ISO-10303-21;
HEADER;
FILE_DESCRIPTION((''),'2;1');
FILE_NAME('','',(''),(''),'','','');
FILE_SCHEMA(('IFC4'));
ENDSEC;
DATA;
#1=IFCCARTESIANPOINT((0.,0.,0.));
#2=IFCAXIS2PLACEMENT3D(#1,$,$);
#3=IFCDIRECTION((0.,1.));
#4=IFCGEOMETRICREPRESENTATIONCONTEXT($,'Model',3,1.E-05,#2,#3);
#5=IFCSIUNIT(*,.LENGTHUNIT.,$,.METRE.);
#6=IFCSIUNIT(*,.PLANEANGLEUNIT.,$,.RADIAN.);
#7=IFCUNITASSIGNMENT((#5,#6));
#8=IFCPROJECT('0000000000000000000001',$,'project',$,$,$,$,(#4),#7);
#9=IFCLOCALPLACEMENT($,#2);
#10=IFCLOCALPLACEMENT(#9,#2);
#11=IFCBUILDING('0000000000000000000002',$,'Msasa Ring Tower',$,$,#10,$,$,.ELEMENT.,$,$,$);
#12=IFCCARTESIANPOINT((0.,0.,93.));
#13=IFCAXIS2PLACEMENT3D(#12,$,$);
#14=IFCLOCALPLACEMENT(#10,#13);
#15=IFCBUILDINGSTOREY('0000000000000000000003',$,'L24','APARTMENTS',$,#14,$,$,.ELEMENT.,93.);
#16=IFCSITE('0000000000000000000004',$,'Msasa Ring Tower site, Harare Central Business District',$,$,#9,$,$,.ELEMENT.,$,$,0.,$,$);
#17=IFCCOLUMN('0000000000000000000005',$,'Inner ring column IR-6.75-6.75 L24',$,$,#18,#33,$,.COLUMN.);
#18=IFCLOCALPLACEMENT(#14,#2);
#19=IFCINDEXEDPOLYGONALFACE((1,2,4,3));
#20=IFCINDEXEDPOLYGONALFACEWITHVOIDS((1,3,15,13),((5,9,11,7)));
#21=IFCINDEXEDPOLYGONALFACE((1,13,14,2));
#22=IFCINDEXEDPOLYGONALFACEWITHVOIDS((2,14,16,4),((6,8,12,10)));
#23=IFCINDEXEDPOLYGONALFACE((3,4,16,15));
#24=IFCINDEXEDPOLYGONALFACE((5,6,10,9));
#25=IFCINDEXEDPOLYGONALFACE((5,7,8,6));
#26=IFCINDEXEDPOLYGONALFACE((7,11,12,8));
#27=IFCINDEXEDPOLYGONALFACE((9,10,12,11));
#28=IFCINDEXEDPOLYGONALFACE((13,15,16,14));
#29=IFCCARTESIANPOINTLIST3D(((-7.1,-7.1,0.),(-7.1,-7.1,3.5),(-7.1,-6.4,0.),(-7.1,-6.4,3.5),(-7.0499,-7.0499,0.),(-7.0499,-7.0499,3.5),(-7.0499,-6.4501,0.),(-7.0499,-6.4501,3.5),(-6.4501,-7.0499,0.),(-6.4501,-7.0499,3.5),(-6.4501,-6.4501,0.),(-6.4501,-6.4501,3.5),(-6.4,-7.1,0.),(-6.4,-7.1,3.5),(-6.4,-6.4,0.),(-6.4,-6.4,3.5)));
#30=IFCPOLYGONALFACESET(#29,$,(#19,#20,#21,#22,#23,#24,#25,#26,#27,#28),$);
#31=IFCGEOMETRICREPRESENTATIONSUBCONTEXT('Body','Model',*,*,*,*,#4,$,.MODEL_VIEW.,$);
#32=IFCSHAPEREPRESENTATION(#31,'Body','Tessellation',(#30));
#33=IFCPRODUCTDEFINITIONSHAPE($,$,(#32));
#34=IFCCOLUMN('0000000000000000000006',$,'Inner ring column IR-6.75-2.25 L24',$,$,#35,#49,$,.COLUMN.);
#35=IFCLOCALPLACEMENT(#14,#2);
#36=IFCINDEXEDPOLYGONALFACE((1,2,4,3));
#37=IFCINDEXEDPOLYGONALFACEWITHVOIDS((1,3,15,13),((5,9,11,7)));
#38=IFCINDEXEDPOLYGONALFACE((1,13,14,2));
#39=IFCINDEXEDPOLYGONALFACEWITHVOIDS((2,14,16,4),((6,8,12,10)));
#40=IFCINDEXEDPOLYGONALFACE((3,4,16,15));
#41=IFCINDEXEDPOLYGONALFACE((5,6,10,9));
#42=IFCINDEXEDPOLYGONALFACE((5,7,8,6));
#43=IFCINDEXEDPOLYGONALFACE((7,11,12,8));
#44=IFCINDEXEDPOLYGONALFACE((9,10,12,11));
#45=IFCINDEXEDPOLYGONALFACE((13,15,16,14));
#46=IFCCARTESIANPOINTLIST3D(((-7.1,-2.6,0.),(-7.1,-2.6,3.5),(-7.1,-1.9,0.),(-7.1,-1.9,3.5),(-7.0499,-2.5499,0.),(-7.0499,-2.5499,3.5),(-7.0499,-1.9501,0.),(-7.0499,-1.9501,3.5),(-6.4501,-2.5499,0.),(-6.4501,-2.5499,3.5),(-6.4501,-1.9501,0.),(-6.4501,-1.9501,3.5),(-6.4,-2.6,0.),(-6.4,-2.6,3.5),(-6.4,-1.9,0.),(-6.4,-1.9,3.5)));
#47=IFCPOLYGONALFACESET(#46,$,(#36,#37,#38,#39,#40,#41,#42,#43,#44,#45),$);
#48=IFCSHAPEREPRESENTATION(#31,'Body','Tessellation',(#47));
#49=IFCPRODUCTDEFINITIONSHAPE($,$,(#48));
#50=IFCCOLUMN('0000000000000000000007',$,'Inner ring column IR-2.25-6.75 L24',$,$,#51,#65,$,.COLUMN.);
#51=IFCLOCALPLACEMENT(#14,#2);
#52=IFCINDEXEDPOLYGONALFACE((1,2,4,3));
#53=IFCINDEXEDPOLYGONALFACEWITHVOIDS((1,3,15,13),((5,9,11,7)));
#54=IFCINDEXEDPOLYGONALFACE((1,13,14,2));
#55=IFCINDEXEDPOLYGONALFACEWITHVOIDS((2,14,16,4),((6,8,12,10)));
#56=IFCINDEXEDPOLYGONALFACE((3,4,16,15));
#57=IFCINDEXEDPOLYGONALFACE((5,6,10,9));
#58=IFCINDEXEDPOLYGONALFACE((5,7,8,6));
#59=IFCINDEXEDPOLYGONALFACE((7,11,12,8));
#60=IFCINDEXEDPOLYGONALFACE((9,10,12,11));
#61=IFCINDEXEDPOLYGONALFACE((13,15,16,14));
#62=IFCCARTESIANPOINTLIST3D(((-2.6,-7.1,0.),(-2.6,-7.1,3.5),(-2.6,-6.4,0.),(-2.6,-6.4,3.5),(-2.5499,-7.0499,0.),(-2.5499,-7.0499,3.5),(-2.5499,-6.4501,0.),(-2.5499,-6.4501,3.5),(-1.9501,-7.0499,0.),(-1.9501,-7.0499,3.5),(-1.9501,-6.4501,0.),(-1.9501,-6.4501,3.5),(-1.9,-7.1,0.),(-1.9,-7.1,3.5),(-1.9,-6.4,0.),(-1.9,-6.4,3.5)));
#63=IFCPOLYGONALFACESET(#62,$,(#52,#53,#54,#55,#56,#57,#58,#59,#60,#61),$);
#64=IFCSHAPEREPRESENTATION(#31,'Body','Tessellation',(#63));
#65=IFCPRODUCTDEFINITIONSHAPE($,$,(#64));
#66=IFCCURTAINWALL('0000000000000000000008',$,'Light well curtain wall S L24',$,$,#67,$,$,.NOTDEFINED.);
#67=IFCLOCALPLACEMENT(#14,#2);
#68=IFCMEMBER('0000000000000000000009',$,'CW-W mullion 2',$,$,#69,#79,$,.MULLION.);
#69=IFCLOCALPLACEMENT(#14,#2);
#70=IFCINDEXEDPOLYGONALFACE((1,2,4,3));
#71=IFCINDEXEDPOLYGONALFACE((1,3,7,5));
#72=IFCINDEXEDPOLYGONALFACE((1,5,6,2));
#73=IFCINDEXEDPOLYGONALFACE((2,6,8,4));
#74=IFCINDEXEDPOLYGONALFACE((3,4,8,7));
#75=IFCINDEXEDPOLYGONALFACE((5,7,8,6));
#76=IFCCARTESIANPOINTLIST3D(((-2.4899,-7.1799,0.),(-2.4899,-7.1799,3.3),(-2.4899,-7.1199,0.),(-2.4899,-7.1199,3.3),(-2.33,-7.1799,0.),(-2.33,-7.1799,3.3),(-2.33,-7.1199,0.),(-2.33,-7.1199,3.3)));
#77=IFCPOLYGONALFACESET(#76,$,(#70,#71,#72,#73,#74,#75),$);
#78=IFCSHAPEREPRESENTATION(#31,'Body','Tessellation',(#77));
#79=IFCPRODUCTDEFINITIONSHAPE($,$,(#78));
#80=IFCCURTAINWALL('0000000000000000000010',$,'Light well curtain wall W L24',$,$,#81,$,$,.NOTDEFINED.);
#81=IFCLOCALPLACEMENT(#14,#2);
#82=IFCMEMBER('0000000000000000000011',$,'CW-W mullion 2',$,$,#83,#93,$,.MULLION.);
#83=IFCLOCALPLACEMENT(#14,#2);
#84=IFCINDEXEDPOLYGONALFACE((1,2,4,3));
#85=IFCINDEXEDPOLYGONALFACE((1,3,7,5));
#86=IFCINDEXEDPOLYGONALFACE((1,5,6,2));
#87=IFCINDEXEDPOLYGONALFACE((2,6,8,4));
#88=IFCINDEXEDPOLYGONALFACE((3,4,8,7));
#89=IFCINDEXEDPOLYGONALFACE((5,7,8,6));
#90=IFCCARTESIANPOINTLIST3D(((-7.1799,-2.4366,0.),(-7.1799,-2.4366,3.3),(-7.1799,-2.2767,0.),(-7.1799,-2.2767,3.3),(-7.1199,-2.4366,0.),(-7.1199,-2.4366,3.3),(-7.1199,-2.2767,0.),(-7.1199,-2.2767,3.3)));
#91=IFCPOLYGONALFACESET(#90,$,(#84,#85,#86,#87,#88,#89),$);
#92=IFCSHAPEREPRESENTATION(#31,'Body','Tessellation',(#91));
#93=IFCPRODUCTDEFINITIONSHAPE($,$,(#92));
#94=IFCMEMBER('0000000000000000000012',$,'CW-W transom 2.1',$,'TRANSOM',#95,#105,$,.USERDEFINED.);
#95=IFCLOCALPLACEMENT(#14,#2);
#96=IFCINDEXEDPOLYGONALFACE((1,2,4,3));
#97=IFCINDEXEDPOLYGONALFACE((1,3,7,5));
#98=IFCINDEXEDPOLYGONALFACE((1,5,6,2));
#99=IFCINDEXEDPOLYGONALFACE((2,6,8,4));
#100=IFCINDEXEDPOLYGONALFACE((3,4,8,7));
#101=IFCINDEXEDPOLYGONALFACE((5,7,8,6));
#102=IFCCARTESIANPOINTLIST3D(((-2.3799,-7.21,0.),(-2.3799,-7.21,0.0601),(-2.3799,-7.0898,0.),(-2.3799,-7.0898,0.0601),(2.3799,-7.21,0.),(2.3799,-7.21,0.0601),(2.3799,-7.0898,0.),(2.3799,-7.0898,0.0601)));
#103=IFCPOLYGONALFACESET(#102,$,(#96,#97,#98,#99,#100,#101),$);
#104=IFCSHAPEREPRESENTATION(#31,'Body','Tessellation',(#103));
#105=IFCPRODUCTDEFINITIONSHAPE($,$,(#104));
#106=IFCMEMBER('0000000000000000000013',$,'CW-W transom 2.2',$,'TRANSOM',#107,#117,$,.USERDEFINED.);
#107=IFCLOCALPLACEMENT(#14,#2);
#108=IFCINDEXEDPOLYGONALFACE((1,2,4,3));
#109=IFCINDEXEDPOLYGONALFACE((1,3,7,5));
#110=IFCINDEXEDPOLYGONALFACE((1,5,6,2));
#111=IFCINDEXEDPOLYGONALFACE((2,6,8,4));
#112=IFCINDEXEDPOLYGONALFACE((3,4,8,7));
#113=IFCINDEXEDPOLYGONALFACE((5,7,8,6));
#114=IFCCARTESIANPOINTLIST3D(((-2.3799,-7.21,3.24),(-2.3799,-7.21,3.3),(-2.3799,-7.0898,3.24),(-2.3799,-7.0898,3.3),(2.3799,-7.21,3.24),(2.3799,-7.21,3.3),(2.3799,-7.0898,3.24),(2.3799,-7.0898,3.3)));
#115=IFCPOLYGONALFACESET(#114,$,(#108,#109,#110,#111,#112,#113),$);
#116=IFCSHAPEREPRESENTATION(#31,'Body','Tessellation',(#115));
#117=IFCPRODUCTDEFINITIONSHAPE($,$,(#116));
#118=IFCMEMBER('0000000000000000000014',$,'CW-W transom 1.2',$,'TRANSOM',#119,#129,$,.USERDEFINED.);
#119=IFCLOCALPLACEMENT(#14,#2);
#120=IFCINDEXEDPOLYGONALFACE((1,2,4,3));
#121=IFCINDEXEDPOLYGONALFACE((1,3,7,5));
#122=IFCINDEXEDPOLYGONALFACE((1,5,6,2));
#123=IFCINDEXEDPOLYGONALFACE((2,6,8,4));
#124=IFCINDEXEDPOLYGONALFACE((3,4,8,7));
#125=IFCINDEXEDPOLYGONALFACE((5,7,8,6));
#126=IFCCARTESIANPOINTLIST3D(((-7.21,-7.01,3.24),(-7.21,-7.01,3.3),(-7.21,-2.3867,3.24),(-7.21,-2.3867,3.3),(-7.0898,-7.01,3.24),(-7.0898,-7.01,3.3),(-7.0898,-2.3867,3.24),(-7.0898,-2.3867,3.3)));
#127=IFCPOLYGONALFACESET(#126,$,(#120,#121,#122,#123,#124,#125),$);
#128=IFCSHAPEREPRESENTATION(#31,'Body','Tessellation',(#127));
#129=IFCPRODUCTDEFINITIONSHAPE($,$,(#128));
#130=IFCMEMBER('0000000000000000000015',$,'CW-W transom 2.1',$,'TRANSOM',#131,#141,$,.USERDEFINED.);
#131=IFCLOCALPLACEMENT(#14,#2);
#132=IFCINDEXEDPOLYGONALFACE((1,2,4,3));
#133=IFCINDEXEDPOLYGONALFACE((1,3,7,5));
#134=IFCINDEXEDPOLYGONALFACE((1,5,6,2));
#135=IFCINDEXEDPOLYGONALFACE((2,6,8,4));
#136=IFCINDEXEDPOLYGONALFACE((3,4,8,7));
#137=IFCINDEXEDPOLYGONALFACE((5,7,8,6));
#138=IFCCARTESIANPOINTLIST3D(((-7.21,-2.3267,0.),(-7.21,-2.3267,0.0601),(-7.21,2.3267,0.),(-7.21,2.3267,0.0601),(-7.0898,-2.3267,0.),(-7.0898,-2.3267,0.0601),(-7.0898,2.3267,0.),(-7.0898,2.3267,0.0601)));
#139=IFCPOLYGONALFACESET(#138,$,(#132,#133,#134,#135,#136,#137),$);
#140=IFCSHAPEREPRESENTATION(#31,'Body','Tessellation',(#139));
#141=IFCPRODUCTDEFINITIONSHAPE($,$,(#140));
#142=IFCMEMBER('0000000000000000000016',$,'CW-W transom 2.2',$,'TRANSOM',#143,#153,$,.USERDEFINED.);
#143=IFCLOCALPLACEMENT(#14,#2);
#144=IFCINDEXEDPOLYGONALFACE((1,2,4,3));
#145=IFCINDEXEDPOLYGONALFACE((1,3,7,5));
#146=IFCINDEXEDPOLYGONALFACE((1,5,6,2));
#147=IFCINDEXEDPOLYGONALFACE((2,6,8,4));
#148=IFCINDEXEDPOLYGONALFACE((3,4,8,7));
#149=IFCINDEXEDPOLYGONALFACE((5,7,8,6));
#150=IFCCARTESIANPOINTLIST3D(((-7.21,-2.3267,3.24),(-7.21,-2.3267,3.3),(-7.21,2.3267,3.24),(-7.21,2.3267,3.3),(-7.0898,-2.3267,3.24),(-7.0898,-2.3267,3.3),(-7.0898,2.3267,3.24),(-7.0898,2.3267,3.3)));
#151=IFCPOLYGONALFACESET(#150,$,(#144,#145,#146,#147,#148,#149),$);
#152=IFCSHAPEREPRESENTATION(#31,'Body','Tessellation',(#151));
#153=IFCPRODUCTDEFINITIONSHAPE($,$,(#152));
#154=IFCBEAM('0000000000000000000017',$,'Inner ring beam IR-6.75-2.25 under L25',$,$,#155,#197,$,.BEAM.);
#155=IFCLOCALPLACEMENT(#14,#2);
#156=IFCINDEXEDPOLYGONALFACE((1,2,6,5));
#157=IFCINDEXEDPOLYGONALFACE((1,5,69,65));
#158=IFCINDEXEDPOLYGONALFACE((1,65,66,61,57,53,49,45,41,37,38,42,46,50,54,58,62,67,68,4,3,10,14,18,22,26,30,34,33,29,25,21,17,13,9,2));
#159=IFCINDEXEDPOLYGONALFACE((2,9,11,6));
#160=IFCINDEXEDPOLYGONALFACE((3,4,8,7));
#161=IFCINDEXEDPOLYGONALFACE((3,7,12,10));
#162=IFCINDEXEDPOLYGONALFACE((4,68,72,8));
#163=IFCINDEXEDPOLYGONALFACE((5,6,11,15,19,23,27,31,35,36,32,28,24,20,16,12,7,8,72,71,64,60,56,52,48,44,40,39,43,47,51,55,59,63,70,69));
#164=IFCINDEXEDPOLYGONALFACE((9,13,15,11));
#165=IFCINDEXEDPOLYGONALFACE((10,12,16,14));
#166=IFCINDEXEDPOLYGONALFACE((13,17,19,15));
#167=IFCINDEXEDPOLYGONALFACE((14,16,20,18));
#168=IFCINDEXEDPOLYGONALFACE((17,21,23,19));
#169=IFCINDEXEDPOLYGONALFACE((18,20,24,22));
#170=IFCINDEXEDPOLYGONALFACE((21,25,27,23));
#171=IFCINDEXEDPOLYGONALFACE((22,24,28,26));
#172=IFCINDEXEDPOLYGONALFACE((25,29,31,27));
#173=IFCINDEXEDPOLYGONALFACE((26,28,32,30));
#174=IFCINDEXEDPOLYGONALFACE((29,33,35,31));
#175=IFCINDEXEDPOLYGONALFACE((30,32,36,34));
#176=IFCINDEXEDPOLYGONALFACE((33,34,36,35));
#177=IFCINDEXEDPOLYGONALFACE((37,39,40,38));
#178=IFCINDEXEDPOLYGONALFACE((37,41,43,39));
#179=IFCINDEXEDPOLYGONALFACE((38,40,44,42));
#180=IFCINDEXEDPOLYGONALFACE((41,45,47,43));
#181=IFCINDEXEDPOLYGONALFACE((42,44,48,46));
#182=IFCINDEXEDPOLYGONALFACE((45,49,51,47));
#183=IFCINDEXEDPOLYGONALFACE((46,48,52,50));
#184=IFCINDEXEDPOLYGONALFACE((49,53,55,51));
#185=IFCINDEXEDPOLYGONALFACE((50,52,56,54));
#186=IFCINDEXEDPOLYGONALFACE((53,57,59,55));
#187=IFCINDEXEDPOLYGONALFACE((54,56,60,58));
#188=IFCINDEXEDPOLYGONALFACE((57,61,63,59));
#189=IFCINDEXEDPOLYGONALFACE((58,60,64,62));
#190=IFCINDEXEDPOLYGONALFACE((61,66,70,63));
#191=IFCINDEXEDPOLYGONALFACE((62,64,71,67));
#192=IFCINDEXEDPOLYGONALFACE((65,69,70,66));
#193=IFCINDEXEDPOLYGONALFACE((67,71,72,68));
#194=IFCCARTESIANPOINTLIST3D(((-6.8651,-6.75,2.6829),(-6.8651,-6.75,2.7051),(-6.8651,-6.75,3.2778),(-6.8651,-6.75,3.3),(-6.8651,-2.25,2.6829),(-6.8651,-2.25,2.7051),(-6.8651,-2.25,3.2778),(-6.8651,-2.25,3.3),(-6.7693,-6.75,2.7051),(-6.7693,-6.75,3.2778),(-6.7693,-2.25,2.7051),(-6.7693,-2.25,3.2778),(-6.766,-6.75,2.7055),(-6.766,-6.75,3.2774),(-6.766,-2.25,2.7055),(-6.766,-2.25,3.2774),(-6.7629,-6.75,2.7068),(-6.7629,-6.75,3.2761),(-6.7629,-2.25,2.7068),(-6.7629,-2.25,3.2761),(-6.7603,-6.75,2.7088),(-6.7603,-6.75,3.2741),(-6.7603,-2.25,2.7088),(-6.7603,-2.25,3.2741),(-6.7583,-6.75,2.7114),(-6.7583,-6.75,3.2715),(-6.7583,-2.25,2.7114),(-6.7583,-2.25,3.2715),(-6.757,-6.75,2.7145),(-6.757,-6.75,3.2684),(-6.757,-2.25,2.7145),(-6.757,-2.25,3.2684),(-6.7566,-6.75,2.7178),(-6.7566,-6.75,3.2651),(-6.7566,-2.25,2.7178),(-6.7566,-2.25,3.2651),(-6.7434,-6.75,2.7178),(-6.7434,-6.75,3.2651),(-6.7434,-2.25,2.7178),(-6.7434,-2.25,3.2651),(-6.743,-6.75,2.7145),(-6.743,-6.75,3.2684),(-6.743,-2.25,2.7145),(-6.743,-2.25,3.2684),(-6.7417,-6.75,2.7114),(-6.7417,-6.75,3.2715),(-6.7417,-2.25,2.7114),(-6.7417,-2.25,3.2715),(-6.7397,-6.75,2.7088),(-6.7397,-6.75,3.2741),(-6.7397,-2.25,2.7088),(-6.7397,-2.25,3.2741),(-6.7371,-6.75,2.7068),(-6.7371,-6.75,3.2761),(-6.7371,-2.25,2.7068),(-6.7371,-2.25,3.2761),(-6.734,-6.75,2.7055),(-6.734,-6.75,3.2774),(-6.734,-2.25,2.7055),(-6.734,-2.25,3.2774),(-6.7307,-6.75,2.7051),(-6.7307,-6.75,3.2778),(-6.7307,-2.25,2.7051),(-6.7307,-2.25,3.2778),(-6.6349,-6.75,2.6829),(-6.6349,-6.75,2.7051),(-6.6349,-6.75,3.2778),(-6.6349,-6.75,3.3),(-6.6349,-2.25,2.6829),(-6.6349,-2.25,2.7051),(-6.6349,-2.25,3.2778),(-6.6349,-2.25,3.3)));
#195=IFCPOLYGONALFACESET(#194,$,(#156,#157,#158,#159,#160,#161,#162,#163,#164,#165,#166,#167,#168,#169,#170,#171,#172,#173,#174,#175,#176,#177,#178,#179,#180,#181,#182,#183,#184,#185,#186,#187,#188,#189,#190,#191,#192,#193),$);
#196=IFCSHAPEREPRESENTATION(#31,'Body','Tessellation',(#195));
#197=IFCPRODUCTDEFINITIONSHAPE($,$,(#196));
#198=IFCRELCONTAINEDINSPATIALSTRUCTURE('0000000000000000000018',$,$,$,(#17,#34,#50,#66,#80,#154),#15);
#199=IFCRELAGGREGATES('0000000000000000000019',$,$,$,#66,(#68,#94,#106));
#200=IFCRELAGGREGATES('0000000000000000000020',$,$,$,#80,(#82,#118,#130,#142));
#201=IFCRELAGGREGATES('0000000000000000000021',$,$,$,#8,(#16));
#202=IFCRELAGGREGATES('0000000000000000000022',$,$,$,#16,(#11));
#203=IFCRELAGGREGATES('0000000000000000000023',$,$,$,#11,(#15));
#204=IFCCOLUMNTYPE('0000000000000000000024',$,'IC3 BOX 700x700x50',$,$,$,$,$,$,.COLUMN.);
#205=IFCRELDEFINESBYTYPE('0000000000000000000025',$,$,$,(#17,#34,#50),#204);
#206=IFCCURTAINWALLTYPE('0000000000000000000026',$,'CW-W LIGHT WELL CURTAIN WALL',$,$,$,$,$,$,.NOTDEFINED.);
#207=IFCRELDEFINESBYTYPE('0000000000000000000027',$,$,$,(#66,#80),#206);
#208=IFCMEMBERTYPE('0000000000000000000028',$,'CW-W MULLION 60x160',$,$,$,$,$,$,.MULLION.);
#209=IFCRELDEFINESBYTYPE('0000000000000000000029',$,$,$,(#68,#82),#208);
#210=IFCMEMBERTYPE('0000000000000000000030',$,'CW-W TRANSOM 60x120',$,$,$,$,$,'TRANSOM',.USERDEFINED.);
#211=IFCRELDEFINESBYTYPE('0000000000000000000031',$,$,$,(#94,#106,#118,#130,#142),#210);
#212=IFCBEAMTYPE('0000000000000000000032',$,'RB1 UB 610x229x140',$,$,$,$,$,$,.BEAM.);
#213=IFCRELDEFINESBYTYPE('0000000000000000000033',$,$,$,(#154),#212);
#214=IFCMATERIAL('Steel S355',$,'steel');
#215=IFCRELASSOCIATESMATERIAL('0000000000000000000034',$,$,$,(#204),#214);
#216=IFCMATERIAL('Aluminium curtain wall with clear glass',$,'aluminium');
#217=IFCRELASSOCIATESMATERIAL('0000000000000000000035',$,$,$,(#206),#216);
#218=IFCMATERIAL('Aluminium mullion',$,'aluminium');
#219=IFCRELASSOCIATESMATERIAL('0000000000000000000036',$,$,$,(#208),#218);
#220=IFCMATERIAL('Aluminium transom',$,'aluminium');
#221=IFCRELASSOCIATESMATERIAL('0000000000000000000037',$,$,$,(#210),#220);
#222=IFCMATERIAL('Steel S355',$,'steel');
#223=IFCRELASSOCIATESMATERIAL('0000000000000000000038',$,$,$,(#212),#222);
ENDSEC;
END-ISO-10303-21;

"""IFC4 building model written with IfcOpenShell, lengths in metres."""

from ifc_helpers import new_model, si_unit, direction, frame, origin, origin_2d, place, context, subcontext, project, spatial, rectangle, hollow_rectangle, i_section, extrude, material, material_profile, profile_set, type_object, element, aggregate, save


model = new_model("IFC4")

# Units and contexts
model_context = context("Model", 3, precision=1e-05, world=origin(), true_north=direction((0.0, 1.0)))
body_context = subcontext(model_context, "Body", "Model", "MODEL_VIEW")
ifc_project = project(units=[si_unit("LENGTHUNIT", "METRE"), si_unit("PLANEANGLEUNIT", "RADIAN")], contexts=[model_context])

# Site, building, storey
site_placement = place(None, origin())
site = spatial("IfcSite", under=ifc_project, at=site_placement, Name="Msasa Ring Tower site, Harare Central Business District", CompositionType="ELEMENT", RefElevation=0.0)
building_placement = place(site_placement, origin())
building = spatial("IfcBuilding", under=site, at=building_placement, Name="Msasa Ring Tower", CompositionType="ELEMENT")
storey_placement = place(building_placement, frame((0.0, 0.0, 93.0)))
storey = spatial("IfcBuildingStorey", under=building, at=storey_placement, Name="L24", Description="APARTMENTS", CompositionType="ELEMENT", Elevation=93.0)

# Columns
ifc_material_1 = material(Name="Steel S355", Category="steel")
ifc_material_profile_1 = material_profile(ifc_material_1, hollow_rectangle(XDim=0.7, YDim=0.7, WallThickness=0.05, at=origin_2d()), Name="BOX 700x700x50")
ifc_profile_set_1 = profile_set([ifc_material_profile_1], Name="Steel S355")
column_type = type_object("IfcColumnType", Name="IC3 BOX 700x700x50", PredefinedType="COLUMN", material=ifc_profile_set_1)
for number, where, z_axis, x_axis, name in (
    (1, (-6.75, -6.75, 0.0), (0.0, 0.0, 1.0), (1.0, 0.0, 0.0), "Inner ring column IR-6.75-6.75 L24"),
    (2, (-6.75, -2.25, 0.0), (0.0, 0.0, 1.0), (1.0, 0.0, 0.0), "Inner ring column IR-6.75-2.25 L24"),
    (3, (-2.25, -6.75, 0.0), (0.0, 0.0, 1.0), (1.0, 0.0, 0.0), "Inner ring column IR-2.25-6.75 L24"),
):
    element("IfcColumn", number, at=place(storey_placement, frame(where, z_axis=z_axis, x_axis=x_axis)), inside=storey, type_object=column_type, Name=name, PredefinedType="COLUMN", context=body_context, shape_type="SweptSolid", body=[
        extrude(hollow_rectangle(XDim=0.7, YDim=0.7, WallThickness=0.05, at=origin_2d()), origin(), (0.0, 0.0, 1.0), 3.5),
    ])

# Curtain walls, members
ifc_material_2 = material(Name="Aluminium curtain wall with clear glass", Category="aluminium")
curtain_wall_type = type_object("IfcCurtainWallType", Name="CW-W LIGHT WELL CURTAIN WALL", PredefinedType="NOTDEFINED", material=ifc_material_2)
curtain_wall_1_placement = place(storey_placement, origin())
curtain_wall_1 = element("IfcCurtainWall", 4, at=curtain_wall_1_placement, inside=storey, type_object=curtain_wall_type, Name="Light well curtain wall S L24", PredefinedType="NOTDEFINED")
ifc_material_3 = material(Name="Aluminium mullion", Category="aluminium")
ifc_material_profile_2 = material_profile(ifc_material_3, rectangle(XDim=0.0601, YDim=0.1599, at=origin_2d()), Name="AL 60x160")
ifc_profile_set_2 = profile_set([ifc_material_profile_2], Name="Aluminium mullion")
member_type_1 = type_object("IfcMemberType", Name="CW-W MULLION 60x160", PredefinedType="MULLION", material=ifc_profile_set_2)
member_1_placement = place(storey_placement, frame((-2.4099, -7.1499, 0.0), z_axis=(0.0, 0.0, 1.0), x_axis=(0.0, 1.0, 0.0)))
member_1 = element("IfcMember", 5, at=member_1_placement, type_object=member_type_1, Name="CW-W mullion 2", PredefinedType="MULLION", context=body_context, shape_type="SweptSolid", body=[
    extrude(rectangle(XDim=0.0601, YDim=0.1599, at=origin_2d()), origin(), (0.0, 0.0, 1.0), 3.3),
])
curtain_wall_2_placement = place(storey_placement, origin())
curtain_wall_2 = element("IfcCurtainWall", 6, at=curtain_wall_2_placement, inside=storey, type_object=curtain_wall_type, Name="Light well curtain wall W L24", PredefinedType="NOTDEFINED")
member_2_placement = place(storey_placement, frame((-7.1499, -2.3567, 0.0), z_axis=(0.0, 0.0, 1.0), x_axis=(-1.0, 0.0, 0.0)))
member_2 = element("IfcMember", 7, at=member_2_placement, type_object=member_type_1, Name="CW-W mullion 2", PredefinedType="MULLION", context=body_context, shape_type="SweptSolid", body=[
    extrude(rectangle(XDim=0.0601, YDim=0.1599, at=origin_2d()), origin(), (0.0, 0.0, 1.0), 3.3),
])

# Members
ifc_material_4 = material(Name="Aluminium transom", Category="aluminium")
ifc_material_profile_3 = material_profile(ifc_material_4, rectangle(XDim=0.1201, YDim=0.0601, at=origin_2d()), Name="AL 60x120")
ifc_profile_set_3 = profile_set([ifc_material_profile_3], Name="Aluminium transom")
member_type_2 = type_object("IfcMemberType", Name="CW-W TRANSOM 60x120", ElementType="TRANSOM", PredefinedType="USERDEFINED", material=ifc_profile_set_3)
member_3_placement = place(storey_placement, frame((-2.3799, -7.1499, 0.03), z_axis=(1.0, 0.0, 0.0), x_axis=(0.0, 1.0, 0.0)))
member_3 = element("IfcMember", 8, at=member_3_placement, type_object=member_type_2, Name="CW-W transom 2.1", ObjectType="TRANSOM", PredefinedType="USERDEFINED", context=body_context, shape_type="SweptSolid", body=[
    extrude(rectangle(XDim=0.1201, YDim=0.0601, at=origin_2d()), origin(), (0.0, 0.0, 1.0), 4.7598),
])
member_4_placement = place(storey_placement, frame((-2.3799, -7.1499, 3.27), z_axis=(1.0, 0.0, 0.0), x_axis=(0.0, 1.0, 0.0)))
member_4 = element("IfcMember", 9, at=member_4_placement, type_object=member_type_2, Name="CW-W transom 2.2", ObjectType="TRANSOM", PredefinedType="USERDEFINED", context=body_context, shape_type="SweptSolid", body=[
    extrude(rectangle(XDim=0.1201, YDim=0.0601, at=origin_2d()), origin(), (0.0, 0.0, 1.0), 4.7598),
])
member_5_placement = place(storey_placement, frame((-7.1499, -7.01, 3.27), z_axis=(0.0, 1.0, 0.0), x_axis=(-1.0, 0.0, 0.0)))
member_5 = element("IfcMember", 10, at=member_5_placement, type_object=member_type_2, Name="CW-W transom 1.2", ObjectType="TRANSOM", PredefinedType="USERDEFINED", context=body_context, shape_type="SweptSolid", body=[
    extrude(rectangle(XDim=0.1201, YDim=0.0601, at=origin_2d()), origin(), (0.0, 0.0, 1.0), 4.6233),
])
member_6_placement = place(storey_placement, frame((-7.1499, -2.3267, 0.03), z_axis=(0.0, 1.0, 0.0), x_axis=(-1.0, 0.0, 0.0)))
member_6 = element("IfcMember", 11, at=member_6_placement, type_object=member_type_2, Name="CW-W transom 2.1", ObjectType="TRANSOM", PredefinedType="USERDEFINED", context=body_context, shape_type="SweptSolid", body=[
    extrude(rectangle(XDim=0.1201, YDim=0.0601, at=origin_2d()), origin(), (0.0, 0.0, 1.0), 4.6533),
])
member_7_placement = place(storey_placement, frame((-7.1499, -2.3267, 3.27), z_axis=(0.0, 1.0, 0.0), x_axis=(-1.0, 0.0, 0.0)))
member_7 = element("IfcMember", 12, at=member_7_placement, type_object=member_type_2, Name="CW-W transom 2.2", ObjectType="TRANSOM", PredefinedType="USERDEFINED", context=body_context, shape_type="SweptSolid", body=[
    extrude(rectangle(XDim=0.1201, YDim=0.0601, at=origin_2d()), origin(), (0.0, 0.0, 1.0), 4.6533),
])

# Beam
ifc_material_5 = material(Name="Steel S355", Category="steel")
ifc_material_profile_4 = material_profile(ifc_material_5, i_section(OverallWidth=0.2302, OverallDepth=0.6172, WebThickness=0.0132, FlangeThickness=0.0222, FilletRadius=0.0127, at=origin_2d()), Name="UB 610x229x140")
ifc_profile_set_4 = profile_set([ifc_material_profile_4], Name="Steel S355")
beam_type = type_object("IfcBeamType", Name="RB1 UB 610x229x140", PredefinedType="BEAM", material=ifc_profile_set_4)
for number, where, z_axis, x_axis, name in (
    (13, (-6.75, -2.25, 2.9915), (0.0, -1.0, 0.0), (1.0, 0.0, 0.0), "Inner ring beam IR-6.75-2.25 under L25"),
):
    element("IfcBeam", number, at=place(storey_placement, frame(where, z_axis=z_axis, x_axis=x_axis)), inside=storey, type_object=beam_type, Name=name, PredefinedType="BEAM", context=body_context, shape_type="SweptSolid", body=[
        extrude(i_section(OverallWidth=0.2302, OverallDepth=0.6172, WebThickness=0.0132, FlangeThickness=0.0222, FilletRadius=0.0127, at=origin_2d()), origin(), (0.0, 0.0, 1.0), 4.5),
    ])

aggregate(curtain_wall_1, [member_1, member_3, member_4])
aggregate(curtain_wall_2, [member_2, member_5, member_6, member_7])

save(model, "model.ifc")
